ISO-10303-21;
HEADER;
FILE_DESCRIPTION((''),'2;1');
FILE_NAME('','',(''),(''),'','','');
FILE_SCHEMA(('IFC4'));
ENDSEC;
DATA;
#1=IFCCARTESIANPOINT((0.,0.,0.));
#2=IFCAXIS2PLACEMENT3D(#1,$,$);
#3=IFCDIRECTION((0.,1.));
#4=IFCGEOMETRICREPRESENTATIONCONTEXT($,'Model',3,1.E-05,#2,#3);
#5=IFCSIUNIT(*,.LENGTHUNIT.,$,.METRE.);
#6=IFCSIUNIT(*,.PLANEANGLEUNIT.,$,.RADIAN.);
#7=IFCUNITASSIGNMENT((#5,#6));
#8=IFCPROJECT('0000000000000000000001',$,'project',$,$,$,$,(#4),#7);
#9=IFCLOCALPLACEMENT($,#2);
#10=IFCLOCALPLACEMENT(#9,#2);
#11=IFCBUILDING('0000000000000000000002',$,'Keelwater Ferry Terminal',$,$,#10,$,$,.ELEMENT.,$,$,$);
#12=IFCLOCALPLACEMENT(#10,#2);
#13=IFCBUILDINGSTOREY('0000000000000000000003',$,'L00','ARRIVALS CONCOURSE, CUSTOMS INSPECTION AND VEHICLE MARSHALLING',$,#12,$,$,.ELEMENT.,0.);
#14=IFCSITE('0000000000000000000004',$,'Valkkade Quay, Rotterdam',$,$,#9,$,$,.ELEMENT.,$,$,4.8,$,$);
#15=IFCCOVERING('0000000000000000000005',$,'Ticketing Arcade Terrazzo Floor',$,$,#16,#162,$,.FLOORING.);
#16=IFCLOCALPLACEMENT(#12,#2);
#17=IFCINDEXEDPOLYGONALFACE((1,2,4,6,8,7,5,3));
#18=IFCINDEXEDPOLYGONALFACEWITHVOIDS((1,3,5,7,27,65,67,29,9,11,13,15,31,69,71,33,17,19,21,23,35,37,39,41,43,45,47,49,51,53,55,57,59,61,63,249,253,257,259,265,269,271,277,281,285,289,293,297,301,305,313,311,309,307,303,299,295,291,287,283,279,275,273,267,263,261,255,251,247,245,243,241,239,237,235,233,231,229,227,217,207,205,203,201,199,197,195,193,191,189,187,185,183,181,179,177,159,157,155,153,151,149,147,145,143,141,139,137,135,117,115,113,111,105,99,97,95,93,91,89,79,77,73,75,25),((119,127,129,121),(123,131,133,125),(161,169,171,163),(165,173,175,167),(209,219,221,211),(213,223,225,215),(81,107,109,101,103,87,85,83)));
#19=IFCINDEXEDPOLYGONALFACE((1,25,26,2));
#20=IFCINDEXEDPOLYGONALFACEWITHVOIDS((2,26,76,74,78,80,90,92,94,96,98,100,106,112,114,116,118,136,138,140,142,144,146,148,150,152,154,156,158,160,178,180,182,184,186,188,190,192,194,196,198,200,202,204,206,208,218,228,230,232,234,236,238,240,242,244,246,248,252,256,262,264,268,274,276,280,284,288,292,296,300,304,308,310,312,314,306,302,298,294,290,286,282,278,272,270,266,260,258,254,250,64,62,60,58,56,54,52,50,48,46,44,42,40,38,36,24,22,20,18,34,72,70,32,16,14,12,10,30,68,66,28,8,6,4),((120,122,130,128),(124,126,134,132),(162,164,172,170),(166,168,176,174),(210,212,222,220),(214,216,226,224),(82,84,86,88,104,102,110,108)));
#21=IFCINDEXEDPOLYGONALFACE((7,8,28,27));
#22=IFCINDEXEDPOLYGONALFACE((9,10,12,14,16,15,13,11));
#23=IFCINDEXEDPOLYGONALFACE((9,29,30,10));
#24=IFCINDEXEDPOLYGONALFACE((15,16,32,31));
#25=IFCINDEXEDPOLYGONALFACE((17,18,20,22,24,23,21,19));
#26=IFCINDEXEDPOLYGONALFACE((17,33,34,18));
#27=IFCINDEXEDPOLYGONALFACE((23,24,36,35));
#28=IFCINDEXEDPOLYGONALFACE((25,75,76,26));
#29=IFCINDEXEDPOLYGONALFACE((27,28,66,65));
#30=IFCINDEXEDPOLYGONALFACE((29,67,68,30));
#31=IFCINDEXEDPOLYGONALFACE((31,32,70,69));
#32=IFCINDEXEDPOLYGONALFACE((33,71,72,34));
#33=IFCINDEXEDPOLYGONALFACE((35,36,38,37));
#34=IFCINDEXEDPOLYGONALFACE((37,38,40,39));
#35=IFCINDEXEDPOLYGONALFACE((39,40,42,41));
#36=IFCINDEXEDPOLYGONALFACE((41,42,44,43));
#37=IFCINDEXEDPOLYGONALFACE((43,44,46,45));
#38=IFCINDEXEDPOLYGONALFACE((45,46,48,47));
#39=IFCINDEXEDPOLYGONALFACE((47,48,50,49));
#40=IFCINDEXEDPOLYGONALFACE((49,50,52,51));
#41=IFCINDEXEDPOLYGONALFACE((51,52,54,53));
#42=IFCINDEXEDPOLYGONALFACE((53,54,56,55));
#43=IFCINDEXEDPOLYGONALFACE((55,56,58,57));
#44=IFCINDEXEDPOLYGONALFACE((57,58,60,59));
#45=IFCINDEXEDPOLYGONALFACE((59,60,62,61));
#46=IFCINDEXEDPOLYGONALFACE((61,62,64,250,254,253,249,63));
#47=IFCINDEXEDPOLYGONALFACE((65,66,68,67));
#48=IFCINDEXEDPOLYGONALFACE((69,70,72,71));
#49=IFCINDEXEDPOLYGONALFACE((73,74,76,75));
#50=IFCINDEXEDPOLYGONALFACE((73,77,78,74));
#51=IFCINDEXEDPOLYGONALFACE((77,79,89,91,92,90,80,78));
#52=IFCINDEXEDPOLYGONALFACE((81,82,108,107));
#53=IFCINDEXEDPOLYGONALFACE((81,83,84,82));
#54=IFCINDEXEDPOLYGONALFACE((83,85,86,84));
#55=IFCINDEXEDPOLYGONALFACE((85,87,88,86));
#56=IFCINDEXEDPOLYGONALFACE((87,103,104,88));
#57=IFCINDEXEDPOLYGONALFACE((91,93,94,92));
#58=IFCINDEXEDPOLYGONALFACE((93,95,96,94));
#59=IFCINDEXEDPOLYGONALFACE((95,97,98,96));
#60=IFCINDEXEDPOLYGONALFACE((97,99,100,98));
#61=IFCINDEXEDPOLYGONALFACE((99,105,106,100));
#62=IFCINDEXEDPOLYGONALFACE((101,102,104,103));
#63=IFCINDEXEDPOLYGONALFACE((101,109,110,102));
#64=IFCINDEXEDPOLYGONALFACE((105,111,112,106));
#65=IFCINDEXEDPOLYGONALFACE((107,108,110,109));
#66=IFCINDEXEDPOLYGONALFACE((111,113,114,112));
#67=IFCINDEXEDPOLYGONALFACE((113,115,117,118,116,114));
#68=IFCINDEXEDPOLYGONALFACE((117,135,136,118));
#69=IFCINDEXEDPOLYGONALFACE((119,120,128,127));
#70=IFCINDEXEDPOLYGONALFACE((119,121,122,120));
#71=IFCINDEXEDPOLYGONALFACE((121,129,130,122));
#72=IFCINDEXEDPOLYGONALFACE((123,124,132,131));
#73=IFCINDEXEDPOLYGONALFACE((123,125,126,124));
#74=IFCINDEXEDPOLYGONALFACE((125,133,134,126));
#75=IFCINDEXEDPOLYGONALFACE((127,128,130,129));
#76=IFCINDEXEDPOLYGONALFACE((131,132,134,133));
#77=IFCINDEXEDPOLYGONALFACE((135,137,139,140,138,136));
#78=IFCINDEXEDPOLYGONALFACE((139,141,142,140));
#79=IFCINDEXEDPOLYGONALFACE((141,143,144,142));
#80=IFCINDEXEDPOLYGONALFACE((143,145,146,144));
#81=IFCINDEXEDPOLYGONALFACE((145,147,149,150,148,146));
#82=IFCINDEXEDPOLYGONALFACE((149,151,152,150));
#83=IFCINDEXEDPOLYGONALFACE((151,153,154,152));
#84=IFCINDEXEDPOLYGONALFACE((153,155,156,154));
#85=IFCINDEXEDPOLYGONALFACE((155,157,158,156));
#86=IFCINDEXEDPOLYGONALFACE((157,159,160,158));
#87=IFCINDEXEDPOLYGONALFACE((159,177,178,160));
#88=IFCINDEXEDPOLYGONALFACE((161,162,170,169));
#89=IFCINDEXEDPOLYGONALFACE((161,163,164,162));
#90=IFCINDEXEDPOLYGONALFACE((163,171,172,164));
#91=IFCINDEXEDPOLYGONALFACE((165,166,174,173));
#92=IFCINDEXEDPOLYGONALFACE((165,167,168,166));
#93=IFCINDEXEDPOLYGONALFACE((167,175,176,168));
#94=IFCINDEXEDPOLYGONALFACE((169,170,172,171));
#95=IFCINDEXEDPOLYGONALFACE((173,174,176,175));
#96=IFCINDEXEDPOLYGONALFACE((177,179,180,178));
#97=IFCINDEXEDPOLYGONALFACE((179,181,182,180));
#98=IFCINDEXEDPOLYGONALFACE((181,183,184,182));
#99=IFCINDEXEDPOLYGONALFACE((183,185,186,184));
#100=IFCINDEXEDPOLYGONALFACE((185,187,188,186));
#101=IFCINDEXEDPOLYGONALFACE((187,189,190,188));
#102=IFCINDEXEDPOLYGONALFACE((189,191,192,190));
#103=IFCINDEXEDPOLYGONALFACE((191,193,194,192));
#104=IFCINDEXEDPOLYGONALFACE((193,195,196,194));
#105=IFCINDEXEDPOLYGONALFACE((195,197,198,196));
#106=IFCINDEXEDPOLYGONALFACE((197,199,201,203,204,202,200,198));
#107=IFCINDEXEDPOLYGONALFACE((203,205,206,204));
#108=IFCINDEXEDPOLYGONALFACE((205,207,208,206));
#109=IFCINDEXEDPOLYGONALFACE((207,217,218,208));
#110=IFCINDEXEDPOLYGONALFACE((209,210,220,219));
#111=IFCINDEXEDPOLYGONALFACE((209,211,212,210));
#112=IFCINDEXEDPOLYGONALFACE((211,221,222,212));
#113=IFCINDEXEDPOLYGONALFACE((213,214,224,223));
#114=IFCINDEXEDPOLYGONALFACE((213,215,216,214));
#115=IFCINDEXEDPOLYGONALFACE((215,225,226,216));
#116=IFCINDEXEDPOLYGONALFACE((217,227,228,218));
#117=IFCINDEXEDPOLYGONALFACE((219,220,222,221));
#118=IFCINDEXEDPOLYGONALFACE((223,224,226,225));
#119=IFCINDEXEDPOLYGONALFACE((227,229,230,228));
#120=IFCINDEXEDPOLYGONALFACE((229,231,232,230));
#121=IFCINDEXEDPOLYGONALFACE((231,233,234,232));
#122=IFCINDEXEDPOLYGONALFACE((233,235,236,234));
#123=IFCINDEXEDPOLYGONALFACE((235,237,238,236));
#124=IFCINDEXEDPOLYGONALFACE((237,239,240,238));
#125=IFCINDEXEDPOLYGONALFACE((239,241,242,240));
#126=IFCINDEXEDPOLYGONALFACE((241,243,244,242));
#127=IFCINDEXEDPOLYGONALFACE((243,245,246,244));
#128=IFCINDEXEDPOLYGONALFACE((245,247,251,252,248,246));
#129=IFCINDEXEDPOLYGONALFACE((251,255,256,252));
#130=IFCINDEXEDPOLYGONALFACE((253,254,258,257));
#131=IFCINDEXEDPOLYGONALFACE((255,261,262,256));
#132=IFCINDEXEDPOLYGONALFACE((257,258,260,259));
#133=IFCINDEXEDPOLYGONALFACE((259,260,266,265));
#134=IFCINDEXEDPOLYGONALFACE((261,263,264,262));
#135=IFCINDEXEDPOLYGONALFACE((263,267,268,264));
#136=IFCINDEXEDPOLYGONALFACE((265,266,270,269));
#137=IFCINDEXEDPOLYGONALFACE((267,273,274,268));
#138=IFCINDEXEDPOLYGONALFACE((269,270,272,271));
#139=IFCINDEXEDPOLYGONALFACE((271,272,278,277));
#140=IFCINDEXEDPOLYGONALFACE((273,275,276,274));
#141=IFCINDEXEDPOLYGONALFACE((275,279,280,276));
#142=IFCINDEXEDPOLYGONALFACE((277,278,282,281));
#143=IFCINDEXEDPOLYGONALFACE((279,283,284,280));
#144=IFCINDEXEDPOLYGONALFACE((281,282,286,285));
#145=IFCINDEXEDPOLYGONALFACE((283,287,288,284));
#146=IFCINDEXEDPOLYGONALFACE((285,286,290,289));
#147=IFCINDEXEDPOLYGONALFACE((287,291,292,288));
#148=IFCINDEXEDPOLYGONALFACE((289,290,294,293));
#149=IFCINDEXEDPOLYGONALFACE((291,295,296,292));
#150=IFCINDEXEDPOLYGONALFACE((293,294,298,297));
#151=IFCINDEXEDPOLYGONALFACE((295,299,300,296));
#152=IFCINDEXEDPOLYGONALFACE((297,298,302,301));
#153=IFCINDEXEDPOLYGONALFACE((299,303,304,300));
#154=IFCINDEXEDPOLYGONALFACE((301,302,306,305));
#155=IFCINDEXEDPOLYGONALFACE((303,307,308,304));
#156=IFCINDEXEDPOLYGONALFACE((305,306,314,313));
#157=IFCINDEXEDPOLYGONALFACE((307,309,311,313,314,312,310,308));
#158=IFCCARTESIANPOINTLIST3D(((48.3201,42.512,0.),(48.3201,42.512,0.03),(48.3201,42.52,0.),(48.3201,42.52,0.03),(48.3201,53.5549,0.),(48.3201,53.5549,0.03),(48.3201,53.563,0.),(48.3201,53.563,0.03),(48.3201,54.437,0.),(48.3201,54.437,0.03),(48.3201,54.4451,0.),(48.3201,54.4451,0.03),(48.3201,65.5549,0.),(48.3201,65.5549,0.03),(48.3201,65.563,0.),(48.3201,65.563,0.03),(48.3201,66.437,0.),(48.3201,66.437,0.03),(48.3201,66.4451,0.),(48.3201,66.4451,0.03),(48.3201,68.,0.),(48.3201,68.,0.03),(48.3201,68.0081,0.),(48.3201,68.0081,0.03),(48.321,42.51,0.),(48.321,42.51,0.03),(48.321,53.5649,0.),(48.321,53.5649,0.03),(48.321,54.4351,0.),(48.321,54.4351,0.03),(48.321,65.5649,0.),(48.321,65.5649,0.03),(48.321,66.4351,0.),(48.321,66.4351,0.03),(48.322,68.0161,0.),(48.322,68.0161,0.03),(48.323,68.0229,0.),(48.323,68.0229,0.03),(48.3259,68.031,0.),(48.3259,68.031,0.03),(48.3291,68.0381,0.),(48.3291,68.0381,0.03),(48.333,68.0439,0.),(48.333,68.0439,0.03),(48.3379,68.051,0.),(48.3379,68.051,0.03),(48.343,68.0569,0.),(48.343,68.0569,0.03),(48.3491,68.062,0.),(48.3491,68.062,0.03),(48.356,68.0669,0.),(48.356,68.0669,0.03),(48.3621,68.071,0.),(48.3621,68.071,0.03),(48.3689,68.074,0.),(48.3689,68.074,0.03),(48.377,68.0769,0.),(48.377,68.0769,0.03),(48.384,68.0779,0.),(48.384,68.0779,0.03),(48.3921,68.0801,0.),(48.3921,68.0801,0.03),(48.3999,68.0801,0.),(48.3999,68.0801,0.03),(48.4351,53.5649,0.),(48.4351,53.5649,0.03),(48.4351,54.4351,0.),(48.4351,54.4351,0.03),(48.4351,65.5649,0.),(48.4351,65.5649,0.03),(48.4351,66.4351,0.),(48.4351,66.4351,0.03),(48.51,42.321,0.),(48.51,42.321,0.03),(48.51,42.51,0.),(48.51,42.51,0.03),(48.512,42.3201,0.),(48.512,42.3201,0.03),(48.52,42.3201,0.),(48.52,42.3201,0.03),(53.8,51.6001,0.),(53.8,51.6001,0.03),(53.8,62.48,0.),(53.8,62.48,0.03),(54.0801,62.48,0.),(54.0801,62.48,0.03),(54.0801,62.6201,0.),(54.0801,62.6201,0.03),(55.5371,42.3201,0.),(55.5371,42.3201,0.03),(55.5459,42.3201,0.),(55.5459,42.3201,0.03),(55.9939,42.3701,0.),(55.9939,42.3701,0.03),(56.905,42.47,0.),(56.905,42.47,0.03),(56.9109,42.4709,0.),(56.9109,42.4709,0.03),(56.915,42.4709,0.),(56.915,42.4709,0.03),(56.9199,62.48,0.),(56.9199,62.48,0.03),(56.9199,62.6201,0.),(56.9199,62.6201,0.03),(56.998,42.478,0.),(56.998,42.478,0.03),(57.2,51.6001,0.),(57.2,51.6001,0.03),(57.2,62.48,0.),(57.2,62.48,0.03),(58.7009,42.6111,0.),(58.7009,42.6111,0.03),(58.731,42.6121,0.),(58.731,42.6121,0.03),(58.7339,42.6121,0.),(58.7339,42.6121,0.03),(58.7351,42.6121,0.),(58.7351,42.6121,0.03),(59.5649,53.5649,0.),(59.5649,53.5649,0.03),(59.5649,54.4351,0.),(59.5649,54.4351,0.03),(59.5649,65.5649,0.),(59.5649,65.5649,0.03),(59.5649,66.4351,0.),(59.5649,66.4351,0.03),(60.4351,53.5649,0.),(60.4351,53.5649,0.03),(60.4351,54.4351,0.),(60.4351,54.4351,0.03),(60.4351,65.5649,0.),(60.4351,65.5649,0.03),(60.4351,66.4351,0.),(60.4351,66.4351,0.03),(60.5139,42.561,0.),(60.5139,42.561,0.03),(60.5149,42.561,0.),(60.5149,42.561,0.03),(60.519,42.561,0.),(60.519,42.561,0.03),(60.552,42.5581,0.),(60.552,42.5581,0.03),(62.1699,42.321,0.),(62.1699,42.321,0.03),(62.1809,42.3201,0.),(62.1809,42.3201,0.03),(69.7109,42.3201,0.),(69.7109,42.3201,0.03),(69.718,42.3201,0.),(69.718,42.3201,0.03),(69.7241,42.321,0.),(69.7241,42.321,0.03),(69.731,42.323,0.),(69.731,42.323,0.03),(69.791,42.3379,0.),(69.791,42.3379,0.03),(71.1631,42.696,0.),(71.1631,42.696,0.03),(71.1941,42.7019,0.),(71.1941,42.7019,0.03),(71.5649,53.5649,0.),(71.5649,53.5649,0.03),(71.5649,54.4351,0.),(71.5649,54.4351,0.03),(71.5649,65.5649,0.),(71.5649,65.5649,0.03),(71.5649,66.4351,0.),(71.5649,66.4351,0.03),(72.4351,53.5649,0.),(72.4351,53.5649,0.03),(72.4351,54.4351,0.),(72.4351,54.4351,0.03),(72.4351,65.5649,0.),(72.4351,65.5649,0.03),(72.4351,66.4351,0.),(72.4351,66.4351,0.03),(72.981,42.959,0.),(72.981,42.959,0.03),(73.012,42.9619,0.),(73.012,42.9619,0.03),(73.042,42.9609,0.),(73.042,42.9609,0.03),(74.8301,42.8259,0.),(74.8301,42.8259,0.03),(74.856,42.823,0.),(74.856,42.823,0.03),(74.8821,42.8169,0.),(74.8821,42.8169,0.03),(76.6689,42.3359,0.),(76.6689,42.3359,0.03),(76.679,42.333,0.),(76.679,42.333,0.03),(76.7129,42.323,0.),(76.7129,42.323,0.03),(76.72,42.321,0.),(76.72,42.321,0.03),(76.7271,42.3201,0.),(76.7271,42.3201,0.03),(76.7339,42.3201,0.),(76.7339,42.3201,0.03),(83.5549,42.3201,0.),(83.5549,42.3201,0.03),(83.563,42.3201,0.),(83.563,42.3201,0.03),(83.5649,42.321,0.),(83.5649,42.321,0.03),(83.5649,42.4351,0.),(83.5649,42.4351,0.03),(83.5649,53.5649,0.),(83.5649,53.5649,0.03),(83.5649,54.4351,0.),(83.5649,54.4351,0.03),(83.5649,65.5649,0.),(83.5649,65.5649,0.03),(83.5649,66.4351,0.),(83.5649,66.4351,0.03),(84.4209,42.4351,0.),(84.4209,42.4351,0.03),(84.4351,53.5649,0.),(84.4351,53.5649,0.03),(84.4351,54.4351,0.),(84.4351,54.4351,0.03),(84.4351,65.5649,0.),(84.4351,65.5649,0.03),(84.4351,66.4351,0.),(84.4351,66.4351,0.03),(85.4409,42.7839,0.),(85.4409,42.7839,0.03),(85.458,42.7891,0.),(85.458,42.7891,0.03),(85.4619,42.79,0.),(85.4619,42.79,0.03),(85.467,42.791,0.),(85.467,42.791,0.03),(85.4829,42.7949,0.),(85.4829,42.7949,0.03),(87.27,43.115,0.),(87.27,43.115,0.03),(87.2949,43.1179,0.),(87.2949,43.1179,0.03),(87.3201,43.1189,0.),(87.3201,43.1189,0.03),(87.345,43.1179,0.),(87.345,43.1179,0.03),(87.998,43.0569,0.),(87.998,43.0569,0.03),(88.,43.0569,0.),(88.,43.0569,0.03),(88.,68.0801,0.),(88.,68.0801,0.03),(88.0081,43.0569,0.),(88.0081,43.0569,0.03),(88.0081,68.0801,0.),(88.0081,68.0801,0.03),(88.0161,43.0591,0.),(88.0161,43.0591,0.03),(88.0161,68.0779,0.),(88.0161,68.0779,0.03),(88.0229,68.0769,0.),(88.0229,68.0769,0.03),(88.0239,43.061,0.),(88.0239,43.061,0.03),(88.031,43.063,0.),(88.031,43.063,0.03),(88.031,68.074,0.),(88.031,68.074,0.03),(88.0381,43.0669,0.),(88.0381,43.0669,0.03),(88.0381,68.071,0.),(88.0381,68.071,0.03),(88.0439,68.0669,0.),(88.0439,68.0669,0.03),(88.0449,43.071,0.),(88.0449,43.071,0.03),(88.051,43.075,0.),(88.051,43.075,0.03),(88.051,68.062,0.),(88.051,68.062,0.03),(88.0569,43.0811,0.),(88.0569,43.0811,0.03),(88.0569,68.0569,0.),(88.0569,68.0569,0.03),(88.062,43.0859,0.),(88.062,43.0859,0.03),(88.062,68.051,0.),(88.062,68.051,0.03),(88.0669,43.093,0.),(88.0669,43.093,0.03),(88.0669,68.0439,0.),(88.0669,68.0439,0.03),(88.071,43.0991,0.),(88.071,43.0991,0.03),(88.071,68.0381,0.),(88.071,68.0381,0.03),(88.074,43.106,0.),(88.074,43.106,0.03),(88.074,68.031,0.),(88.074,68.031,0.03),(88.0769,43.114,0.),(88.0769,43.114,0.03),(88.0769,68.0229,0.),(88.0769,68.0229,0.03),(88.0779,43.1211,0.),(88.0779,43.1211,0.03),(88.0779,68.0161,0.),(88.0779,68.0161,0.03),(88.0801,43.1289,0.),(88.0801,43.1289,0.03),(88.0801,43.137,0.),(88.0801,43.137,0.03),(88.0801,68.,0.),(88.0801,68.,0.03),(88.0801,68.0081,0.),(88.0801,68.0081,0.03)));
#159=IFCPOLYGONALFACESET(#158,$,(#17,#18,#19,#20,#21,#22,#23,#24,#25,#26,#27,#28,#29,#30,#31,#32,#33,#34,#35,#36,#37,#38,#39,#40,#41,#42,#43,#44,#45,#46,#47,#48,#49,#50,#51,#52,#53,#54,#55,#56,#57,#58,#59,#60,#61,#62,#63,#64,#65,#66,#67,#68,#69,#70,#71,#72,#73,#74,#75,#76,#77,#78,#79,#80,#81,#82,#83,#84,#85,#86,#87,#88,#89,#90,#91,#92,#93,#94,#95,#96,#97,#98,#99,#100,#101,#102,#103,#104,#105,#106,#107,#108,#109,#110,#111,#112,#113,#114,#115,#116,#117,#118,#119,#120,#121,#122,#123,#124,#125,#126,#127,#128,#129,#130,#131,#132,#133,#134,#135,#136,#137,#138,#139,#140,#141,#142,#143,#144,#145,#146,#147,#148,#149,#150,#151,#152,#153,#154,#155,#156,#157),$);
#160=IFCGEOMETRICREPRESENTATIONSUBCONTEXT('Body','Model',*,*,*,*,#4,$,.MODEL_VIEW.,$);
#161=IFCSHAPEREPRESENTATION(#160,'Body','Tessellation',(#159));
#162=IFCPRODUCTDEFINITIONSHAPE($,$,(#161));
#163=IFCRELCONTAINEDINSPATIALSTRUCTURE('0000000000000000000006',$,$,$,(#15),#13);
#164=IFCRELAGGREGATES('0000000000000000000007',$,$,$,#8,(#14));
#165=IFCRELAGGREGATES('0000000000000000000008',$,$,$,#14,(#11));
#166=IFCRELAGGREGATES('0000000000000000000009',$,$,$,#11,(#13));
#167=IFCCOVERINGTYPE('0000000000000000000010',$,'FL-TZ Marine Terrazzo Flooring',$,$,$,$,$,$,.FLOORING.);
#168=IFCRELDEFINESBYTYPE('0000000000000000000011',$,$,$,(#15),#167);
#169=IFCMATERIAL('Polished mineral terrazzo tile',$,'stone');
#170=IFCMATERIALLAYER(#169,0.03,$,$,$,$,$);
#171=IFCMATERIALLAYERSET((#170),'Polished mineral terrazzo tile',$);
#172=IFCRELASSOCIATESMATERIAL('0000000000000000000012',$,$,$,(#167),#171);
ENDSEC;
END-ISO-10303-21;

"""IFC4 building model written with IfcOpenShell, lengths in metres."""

from ifc_helpers import new_model, si_unit, direction, origin, place, context, subcontext, project, spatial, polyline, outline, extrude, material, layer, layer_set, type_object, element, save


model = new_model("IFC4")

# Units and contexts
model_context = context("Model", 3, precision=1e-05, world=origin(), true_north=direction((0.0, 1.0)))
body_context = subcontext(model_context, "Body", "Model", "MODEL_VIEW")
ifc_project = project(units=[si_unit("LENGTHUNIT", "METRE"), si_unit("PLANEANGLEUNIT", "RADIAN")], contexts=[model_context])

# Site, building, storey
site_placement = place(None, origin())
site = spatial("IfcSite", under=ifc_project, at=site_placement, Name="Valkkade Quay, Rotterdam", CompositionType="ELEMENT", RefElevation=4.8)
building_placement = place(site_placement, origin())
building = spatial("IfcBuilding", under=site, at=building_placement, Name="Keelwater Ferry Terminal", CompositionType="ELEMENT")
storey_placement = place(building_placement, origin())
storey = spatial("IfcBuildingStorey", under=building, at=storey_placement, Name="L00", Description="ARRIVALS CONCOURSE, CUSTOMS INSPECTION AND VEHICLE MARSHALLING", CompositionType="ELEMENT", Elevation=0.0)

# Covering
ifc_material_1 = material(Name="Polished mineral terrazzo tile", Category="stone")
ifc_layer_1 = layer(ifc_material_1, 0.03)
ifc_layer_set_1 = layer_set([ifc_layer_1], Name="Polished mineral terrazzo tile")
covering_type_1 = type_object("IfcCoveringType", Name="FL-TZ Marine Terrazzo Flooring", PredefinedType="FLOORING", material=ifc_layer_set_1)
covering_1_placement = place(storey_placement, origin())
element("IfcCovering", 1, at=covering_1_placement, inside=storey, type_object=covering_type_1, Name="Ticketing Arcade Terrazzo Floor", PredefinedType="FLOORING", context=body_context, shape_type="SweptSolid", body=[
    extrude(outline(polyline([(48.3201, 54.437), (48.3201, 54.4451), (48.3201, 65.5549), (48.3201, 65.563), (48.321, 65.5649), (48.4351, 65.5649), (48.4351, 66.4351), (48.321, 66.4351), (48.3201, 66.437), (48.3201, 66.4451), (48.3201, 68.0), (48.3201, 68.0081), (48.322, 68.0161), (48.323, 68.0229), (48.3259, 68.031), (48.3291, 68.0381), (48.333, 68.0439), (48.3379, 68.051), (48.343, 68.0569), (48.3491, 68.062), (48.356, 68.0669), (48.3621, 68.071), (48.3689, 68.074), (48.377, 68.0769), (48.384, 68.0779), (48.3921, 68.0801), (48.3999, 68.0801), (88.0, 68.0801), (88.0081, 68.0801), (88.0161, 68.0779), (88.0229, 68.0769), (88.031, 68.074), (88.0381, 68.071), (88.0439, 68.0669), (88.051, 68.062), (88.0569, 68.0569), (88.062, 68.051), (88.0669, 68.0439), (88.071, 68.0381), (88.074, 68.031), (88.0769, 68.0229), (88.0779, 68.0161), (88.0801, 68.0081), (88.0801, 68.0), (88.0801, 43.137), (88.0801, 43.1289), (88.0779, 43.1211), (88.0769, 43.114), (88.074, 43.106), (88.071, 43.0991), (88.0669, 43.093), (88.062, 43.0859), (88.0569, 43.0811), (88.051, 43.075), (88.0449, 43.071), (88.0381, 43.0669), (88.031, 43.063), (88.0239, 43.061), (88.0161, 43.0591), (88.0081, 43.0569), (88.0, 43.0569), (87.998, 43.0569), (87.345, 43.1179), (87.3201, 43.1189), (87.2949, 43.1179), (87.27, 43.115), (85.4829, 42.7949), (85.467, 42.791), (85.4619, 42.79), (85.458, 42.7891), (85.4409, 42.7839), (84.4209, 42.4351), (83.5649, 42.4351), (83.5649, 42.321), (83.563, 42.3201), (83.5549, 42.3201), (76.7339, 42.3201), (76.7271, 42.3201), (76.72, 42.321), (76.7129, 42.323), (76.679, 42.333), (76.6689, 42.3359), (74.8821, 42.8169), (74.856, 42.823), (74.8301, 42.8259), (73.042, 42.9609), (73.012, 42.9619), (72.981, 42.959), (71.1941, 42.7019), (71.1631, 42.696), (69.791, 42.3379), (69.731, 42.323), (69.7241, 42.321), (69.718, 42.3201), (69.7109, 42.3201), (62.1809, 42.3201), (62.1699, 42.321), (60.552, 42.5581), (60.519, 42.561), (60.5149, 42.561), (60.5139, 42.561), (58.7351, 42.6121), (58.7339, 42.6121), (58.731, 42.6121), (58.7009, 42.6111), (56.998, 42.478), (56.915, 42.4709), (56.9109, 42.4709), (56.905, 42.47), (55.9939, 42.3701), (55.5459, 42.3201), (55.5371, 42.3201), (48.52, 42.3201), (48.512, 42.3201), (48.51, 42.321), (48.51, 42.51), (48.321, 42.51), (48.3201, 42.512), (48.3201, 42.52), (48.3201, 53.5549), (48.3201, 53.563), (48.321, 53.5649), (48.4351, 53.5649), (48.4351, 54.4351), (48.321, 54.4351), (48.3201, 54.437)]), holes=[polyline([(54.0801, 62.48), (53.8, 62.48), (53.8, 51.6001), (57.2, 51.6001), (57.2, 62.48), (56.9199, 62.48), (56.9199, 62.6201), (54.0801, 62.6201), (54.0801, 62.48)]), polyline([(59.5649, 54.4351), (59.5649, 53.5649), (60.4351, 53.5649), (60.4351, 54.4351), (59.5649, 54.4351)]), polyline([(72.4351, 54.4351), (71.5649, 54.4351), (71.5649, 53.5649), (72.4351, 53.5649), (72.4351, 54.4351)]), polyline([(72.4351, 66.4351), (71.5649, 66.4351), (71.5649, 65.5649), (72.4351, 65.5649), (72.4351, 66.4351)]), polyline([(59.5649, 66.4351), (59.5649, 65.5649), (60.4351, 65.5649), (60.4351, 66.4351), (59.5649, 66.4351)]), polyline([(84.4351, 54.4351), (83.5649, 54.4351), (83.5649, 53.5649), (84.4351, 53.5649), (84.4351, 54.4351)]), polyline([(84.4351, 66.4351), (83.5649, 66.4351), (83.5649, 65.5649), (84.4351, 65.5649), (84.4351, 66.4351)])]), origin(), (0.0, 0.0, 1.0), 0.03),
])

save(model, "model.ifc")
